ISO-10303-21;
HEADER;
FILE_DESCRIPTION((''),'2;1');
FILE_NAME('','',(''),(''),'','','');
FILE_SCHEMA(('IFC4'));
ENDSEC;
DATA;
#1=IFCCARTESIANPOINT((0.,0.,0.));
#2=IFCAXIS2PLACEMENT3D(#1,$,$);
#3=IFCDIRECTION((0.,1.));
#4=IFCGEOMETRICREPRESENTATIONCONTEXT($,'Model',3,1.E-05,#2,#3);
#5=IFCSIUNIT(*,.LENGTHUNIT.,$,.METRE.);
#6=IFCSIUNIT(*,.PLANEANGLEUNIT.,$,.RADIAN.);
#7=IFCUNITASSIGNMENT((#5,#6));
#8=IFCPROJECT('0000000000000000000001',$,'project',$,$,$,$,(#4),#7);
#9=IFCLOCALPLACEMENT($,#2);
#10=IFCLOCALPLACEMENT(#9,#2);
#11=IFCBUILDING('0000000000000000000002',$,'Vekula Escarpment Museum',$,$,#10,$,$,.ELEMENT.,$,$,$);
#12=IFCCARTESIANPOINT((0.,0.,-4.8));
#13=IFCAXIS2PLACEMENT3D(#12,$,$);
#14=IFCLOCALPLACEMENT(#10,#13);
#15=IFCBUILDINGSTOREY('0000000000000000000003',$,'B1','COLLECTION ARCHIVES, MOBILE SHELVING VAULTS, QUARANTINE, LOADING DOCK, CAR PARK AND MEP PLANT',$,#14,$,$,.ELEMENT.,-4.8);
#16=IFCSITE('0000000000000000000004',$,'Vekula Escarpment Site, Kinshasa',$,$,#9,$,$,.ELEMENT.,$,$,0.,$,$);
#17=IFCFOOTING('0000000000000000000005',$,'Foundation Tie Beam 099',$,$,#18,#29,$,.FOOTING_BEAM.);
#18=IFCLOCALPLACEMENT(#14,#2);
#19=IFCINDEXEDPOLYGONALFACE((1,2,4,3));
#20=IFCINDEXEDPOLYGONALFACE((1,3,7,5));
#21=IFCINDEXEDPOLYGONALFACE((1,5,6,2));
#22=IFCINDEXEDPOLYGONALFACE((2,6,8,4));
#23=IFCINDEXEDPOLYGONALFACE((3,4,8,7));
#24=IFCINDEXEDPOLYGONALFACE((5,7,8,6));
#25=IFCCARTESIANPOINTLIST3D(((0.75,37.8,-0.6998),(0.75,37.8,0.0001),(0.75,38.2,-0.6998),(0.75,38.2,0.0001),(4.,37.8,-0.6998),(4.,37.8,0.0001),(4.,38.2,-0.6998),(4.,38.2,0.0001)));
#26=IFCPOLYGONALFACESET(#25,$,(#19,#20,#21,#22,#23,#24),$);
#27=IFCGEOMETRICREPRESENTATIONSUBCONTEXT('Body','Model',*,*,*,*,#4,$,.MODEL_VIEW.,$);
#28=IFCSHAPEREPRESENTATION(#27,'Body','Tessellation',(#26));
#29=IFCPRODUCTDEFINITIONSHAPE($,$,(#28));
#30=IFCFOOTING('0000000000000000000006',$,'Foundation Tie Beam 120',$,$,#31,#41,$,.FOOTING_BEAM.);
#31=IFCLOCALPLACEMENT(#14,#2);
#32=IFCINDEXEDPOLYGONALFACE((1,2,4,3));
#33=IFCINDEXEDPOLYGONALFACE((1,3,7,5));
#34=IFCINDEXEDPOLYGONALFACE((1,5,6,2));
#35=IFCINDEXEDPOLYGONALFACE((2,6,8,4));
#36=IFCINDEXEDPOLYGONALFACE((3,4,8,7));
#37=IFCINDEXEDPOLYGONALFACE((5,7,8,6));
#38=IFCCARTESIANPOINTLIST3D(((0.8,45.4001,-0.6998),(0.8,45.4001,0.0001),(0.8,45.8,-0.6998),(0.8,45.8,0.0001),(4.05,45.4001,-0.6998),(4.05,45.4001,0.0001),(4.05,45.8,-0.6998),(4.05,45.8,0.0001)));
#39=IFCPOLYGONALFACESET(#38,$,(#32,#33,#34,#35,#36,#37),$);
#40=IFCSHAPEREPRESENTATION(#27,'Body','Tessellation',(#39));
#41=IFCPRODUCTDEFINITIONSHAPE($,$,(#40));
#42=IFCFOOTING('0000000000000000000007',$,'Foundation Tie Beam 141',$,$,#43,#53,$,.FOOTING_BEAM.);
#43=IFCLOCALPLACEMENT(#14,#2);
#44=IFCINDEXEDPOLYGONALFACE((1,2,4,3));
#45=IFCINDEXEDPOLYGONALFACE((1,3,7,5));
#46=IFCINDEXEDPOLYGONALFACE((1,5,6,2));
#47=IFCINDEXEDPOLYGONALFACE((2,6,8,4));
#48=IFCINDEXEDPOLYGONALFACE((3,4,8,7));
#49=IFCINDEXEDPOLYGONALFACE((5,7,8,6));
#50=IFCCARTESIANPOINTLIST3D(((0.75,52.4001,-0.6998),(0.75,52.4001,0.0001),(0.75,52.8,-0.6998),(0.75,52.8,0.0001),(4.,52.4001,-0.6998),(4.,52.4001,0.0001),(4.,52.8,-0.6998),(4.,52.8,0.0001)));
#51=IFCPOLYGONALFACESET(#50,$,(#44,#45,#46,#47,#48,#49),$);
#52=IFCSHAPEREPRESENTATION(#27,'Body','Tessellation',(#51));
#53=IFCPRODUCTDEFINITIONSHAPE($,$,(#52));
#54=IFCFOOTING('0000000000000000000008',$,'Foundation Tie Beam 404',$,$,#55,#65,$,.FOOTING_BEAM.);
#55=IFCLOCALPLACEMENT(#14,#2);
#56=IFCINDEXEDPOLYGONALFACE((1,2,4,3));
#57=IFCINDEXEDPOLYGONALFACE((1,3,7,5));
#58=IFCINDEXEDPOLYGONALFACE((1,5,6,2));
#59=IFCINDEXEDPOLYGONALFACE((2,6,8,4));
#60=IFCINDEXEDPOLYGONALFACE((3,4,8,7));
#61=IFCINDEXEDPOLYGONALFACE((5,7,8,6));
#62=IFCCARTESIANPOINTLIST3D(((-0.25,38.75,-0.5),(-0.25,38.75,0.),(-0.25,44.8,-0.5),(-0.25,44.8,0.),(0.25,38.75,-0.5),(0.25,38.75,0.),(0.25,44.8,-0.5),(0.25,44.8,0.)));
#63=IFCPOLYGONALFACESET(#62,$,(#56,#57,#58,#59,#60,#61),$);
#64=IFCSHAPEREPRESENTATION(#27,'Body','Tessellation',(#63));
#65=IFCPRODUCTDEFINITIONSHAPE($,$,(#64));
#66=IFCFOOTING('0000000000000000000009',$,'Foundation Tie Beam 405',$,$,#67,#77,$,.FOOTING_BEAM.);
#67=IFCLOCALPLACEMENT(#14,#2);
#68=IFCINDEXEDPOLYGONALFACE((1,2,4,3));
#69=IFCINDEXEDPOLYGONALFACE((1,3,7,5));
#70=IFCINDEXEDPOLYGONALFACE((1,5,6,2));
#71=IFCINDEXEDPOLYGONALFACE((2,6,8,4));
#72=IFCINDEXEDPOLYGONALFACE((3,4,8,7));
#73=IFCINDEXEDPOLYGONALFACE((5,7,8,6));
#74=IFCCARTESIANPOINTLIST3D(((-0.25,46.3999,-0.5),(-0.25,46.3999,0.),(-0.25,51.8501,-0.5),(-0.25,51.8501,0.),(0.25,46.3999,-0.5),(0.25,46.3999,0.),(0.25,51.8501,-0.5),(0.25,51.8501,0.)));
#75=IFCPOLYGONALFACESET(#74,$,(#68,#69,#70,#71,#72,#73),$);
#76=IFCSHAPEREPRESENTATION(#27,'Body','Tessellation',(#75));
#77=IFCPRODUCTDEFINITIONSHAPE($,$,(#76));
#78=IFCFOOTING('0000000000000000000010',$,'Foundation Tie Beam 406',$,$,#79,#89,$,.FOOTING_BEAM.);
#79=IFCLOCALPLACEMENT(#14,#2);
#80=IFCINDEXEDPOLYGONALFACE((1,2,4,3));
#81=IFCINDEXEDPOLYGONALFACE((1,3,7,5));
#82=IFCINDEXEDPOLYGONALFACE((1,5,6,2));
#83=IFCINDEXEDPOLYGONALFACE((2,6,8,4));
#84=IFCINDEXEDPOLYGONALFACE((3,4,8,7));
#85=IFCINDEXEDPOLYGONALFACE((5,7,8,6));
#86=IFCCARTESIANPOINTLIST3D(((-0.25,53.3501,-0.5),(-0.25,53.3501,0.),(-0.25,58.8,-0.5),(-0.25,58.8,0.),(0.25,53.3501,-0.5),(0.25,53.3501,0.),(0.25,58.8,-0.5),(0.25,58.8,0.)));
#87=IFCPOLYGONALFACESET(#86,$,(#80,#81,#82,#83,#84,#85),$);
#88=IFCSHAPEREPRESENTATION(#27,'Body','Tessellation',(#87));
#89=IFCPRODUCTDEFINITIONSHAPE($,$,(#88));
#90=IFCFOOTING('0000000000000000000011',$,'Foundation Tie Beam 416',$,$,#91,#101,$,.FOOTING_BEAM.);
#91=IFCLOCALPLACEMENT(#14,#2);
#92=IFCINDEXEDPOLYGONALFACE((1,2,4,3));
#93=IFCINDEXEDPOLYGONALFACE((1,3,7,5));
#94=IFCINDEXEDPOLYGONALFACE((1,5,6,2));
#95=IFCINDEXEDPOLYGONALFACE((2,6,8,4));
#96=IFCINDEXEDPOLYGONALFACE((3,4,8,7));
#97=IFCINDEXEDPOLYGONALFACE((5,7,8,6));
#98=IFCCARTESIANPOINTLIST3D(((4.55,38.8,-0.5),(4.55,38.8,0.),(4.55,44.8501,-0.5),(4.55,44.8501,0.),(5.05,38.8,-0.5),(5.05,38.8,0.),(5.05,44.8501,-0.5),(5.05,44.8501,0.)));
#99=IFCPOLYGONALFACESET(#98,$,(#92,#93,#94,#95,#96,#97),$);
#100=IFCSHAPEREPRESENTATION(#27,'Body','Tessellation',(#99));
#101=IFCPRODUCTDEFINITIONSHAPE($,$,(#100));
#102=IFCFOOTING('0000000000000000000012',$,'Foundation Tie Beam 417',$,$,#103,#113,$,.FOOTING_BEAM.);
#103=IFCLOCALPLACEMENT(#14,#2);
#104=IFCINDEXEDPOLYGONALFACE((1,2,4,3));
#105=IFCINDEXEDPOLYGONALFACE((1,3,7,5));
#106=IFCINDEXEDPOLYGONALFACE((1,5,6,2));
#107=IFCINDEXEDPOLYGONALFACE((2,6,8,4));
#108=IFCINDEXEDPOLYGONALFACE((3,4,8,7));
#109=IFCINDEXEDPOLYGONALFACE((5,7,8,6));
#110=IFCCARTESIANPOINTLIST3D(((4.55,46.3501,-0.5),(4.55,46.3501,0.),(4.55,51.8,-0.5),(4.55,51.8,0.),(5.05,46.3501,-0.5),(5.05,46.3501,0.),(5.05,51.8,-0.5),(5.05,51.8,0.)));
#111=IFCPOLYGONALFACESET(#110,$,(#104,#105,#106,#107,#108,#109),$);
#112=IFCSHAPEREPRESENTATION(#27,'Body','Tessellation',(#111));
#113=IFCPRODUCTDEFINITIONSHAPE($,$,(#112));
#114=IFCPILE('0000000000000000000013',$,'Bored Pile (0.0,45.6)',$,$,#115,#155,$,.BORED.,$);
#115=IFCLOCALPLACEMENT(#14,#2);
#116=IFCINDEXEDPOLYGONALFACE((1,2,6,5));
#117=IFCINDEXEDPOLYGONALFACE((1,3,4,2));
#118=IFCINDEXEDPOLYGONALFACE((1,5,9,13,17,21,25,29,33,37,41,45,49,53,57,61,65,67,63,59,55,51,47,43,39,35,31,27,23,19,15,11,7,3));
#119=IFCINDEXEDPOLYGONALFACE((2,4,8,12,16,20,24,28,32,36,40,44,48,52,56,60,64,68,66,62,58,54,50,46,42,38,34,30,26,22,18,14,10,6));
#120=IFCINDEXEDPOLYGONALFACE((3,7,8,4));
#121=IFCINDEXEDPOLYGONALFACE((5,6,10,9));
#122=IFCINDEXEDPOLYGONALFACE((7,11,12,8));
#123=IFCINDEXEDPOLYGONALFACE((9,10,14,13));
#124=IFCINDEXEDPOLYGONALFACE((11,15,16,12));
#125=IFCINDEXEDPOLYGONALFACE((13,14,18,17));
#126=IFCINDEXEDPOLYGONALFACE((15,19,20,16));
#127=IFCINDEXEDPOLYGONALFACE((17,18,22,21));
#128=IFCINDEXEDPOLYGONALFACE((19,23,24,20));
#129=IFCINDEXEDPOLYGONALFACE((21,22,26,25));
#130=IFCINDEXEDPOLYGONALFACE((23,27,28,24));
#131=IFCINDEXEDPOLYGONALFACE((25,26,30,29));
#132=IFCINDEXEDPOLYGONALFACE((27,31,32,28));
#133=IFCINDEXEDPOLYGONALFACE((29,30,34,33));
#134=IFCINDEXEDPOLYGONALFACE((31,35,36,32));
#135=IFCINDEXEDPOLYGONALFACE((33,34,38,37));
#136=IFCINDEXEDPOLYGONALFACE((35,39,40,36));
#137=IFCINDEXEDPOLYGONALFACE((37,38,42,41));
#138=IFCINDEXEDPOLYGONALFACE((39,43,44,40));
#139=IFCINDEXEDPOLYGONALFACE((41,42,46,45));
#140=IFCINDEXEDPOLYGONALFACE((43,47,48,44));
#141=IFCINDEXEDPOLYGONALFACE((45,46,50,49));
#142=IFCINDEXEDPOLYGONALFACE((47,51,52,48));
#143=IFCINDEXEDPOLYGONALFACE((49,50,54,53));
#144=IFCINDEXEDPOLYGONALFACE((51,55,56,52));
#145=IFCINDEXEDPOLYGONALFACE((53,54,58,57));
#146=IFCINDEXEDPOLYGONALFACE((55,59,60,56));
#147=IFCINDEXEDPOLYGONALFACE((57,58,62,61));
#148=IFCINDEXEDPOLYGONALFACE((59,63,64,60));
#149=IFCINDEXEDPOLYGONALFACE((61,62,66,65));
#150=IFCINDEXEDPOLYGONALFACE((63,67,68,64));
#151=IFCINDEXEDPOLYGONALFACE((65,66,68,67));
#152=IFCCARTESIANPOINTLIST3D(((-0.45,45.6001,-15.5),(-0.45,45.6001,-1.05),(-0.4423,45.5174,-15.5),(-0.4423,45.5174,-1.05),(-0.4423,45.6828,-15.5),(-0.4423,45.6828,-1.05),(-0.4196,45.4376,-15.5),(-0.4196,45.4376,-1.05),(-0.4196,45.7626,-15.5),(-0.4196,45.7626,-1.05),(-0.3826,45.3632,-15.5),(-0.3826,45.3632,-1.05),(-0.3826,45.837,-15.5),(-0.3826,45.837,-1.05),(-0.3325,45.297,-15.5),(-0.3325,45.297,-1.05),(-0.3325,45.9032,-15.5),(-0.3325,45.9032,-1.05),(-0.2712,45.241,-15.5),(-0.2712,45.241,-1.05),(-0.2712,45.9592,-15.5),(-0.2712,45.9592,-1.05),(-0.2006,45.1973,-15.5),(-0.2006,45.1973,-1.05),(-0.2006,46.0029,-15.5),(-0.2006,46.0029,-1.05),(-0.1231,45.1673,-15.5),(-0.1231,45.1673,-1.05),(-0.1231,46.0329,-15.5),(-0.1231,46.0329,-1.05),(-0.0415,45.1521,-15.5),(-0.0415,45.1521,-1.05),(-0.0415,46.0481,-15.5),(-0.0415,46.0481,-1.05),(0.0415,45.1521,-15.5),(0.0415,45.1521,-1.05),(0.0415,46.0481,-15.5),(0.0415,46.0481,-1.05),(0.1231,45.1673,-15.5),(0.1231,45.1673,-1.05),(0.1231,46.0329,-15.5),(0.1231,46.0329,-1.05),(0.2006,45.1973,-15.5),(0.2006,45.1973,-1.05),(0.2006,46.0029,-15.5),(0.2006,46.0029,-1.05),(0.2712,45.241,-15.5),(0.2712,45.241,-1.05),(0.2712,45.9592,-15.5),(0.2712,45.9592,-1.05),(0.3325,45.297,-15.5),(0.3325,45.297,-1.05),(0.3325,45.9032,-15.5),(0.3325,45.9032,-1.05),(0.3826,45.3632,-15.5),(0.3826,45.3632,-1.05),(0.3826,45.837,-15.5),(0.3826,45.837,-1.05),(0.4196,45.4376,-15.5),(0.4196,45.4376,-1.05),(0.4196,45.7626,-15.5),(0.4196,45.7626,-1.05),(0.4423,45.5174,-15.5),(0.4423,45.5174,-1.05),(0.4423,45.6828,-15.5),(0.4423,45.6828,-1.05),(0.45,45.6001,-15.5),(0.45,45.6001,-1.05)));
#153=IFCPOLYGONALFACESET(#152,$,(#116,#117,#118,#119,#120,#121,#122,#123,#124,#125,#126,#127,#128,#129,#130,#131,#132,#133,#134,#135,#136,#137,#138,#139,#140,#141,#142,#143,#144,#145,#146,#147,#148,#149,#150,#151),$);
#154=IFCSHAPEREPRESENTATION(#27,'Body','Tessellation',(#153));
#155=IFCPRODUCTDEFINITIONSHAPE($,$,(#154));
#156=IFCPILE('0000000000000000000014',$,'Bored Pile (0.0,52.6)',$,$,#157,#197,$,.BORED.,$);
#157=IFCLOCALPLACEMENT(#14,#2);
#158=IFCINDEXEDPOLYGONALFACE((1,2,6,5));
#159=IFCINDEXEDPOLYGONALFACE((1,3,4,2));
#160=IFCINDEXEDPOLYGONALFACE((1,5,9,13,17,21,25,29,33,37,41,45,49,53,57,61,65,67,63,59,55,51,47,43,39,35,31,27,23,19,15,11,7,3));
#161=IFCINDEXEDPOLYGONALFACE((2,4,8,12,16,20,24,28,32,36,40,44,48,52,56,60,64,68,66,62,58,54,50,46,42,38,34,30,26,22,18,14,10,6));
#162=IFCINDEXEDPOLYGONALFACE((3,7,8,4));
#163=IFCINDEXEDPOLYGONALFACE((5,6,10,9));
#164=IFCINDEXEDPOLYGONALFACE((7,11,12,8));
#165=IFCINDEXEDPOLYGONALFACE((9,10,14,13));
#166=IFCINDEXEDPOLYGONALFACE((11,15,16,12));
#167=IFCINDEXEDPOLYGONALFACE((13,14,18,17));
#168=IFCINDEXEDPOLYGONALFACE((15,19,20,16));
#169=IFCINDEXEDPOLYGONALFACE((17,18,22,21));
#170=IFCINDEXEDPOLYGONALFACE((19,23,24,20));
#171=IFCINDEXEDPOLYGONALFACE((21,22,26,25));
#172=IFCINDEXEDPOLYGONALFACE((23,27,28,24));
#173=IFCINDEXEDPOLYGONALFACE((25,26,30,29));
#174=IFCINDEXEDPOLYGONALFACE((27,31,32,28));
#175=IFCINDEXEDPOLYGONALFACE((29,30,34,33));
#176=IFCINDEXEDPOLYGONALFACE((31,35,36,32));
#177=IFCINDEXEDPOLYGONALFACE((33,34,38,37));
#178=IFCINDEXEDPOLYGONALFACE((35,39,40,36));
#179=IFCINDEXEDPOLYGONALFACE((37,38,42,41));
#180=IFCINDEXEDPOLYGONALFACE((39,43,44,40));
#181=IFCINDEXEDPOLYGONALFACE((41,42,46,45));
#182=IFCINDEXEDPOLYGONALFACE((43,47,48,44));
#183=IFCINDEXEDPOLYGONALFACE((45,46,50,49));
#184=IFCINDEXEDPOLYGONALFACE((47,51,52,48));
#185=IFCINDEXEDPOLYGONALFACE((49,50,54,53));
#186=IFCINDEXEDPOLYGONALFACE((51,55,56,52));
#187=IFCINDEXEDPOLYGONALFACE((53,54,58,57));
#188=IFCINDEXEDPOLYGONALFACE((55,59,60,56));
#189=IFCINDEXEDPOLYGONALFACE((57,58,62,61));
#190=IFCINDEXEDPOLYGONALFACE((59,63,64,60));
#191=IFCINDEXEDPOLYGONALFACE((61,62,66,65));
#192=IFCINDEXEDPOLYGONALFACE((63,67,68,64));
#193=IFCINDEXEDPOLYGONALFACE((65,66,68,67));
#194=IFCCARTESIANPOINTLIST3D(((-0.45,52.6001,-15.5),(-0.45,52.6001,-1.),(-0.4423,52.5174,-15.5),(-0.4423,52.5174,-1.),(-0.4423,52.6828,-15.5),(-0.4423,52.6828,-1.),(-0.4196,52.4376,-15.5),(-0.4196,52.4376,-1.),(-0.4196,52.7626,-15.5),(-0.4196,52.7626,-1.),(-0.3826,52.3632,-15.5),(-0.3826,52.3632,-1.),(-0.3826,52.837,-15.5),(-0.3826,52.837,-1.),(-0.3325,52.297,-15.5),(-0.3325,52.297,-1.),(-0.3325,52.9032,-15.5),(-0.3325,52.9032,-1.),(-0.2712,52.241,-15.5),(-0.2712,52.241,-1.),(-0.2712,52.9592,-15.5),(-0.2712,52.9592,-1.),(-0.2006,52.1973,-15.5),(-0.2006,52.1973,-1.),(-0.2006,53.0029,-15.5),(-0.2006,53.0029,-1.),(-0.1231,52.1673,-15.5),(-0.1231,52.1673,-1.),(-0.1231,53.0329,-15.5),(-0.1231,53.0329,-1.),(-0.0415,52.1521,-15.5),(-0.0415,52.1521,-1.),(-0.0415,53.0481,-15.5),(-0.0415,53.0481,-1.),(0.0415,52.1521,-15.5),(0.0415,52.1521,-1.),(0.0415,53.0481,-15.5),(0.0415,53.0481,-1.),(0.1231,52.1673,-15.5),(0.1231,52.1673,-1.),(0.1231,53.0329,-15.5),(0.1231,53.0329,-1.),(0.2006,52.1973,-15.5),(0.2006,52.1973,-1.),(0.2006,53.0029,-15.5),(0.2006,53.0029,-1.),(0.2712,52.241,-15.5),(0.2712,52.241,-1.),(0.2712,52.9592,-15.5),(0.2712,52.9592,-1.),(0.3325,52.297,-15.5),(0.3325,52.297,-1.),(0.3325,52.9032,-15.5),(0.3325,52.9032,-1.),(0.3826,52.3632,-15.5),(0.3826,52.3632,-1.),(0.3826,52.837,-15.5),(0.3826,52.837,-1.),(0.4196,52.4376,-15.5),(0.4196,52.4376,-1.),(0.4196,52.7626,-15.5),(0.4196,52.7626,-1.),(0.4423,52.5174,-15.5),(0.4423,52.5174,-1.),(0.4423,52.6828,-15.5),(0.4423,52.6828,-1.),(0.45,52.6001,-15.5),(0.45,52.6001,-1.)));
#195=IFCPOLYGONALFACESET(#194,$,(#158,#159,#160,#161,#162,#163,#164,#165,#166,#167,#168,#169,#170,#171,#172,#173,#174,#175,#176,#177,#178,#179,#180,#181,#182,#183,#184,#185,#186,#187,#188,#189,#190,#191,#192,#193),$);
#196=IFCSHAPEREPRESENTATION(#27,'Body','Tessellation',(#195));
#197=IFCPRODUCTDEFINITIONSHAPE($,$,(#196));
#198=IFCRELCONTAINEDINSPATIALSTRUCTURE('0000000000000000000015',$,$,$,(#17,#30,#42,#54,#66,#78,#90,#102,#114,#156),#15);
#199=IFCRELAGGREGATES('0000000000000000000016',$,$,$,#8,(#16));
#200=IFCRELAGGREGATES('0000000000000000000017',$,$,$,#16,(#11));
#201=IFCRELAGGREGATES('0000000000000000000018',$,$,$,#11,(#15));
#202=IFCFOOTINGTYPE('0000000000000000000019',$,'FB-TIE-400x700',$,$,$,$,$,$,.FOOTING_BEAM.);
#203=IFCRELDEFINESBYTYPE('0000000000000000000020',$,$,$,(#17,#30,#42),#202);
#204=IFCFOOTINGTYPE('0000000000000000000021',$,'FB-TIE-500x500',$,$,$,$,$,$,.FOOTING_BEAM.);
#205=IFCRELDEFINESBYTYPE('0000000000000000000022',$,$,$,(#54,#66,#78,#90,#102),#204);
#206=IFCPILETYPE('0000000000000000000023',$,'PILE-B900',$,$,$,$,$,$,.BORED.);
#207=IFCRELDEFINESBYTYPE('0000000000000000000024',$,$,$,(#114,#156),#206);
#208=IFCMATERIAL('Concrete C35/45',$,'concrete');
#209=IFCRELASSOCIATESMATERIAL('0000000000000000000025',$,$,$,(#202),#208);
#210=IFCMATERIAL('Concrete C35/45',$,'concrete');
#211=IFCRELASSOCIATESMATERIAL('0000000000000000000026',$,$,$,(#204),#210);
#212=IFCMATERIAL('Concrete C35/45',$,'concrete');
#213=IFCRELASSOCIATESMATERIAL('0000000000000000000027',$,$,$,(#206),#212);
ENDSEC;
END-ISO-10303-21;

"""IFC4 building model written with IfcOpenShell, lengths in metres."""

from ifc_helpers import new_model, si_unit, direction, frame, origin, origin_2d, place, context, subcontext, project, spatial, rectangle, circle, extrude, material, material_profile, profile_set, type_object, element, save


model = new_model("IFC4")

# Units and contexts
model_context = context("Model", 3, precision=1e-05, world=origin(), true_north=direction((0.0, 1.0)))
body_context = subcontext(model_context, "Body", "Model", "MODEL_VIEW")
ifc_project = project(units=[si_unit("LENGTHUNIT", "METRE"), si_unit("PLANEANGLEUNIT", "RADIAN")], contexts=[model_context])

# Site, building, storey
site_placement = place(None, origin())
site = spatial("IfcSite", under=ifc_project, at=site_placement, Name="Vekula Escarpment Site, Kinshasa", CompositionType="ELEMENT", RefElevation=0.0)
building_placement = place(site_placement, origin())
building = spatial("IfcBuilding", under=site, at=building_placement, Name="Vekula Escarpment Museum", CompositionType="ELEMENT")
storey_placement = place(building_placement, frame((0.0, 0.0, -4.8)))
storey = spatial("IfcBuildingStorey", under=building, at=storey_placement, Name="B1", Description="COLLECTION ARCHIVES, MOBILE SHELVING VAULTS, QUARANTINE, LOADING DOCK, CAR PARK AND MEP PLANT", CompositionType="ELEMENT", Elevation=-4.8)

# Footings
ifc_material_1 = material(Name="Concrete C35/45", Category="concrete")
ifc_material_profile_1 = material_profile(ifc_material_1, rectangle(XDim=0.3999, YDim=0.7, at=origin_2d()), Name="RC 400x700")
ifc_profile_set_1 = profile_set([ifc_material_profile_1], Name="Concrete C35/45")
footing_type_1 = type_object("IfcFootingType", Name="FB-TIE-400x700", PredefinedType="FOOTING_BEAM", material=ifc_profile_set_1)
for number, where, z_axis, x_axis, name in (
    (1, (0.75, 38.0, -0.3499), (1.0, 0.0, 0.0), (0.0, 1.0, 0.0), "Foundation Tie Beam 099"),
    (2, (0.8, 45.6001, -0.3499), (1.0, 0.0, 0.0), (0.0, 1.0, 0.0), "Foundation Tie Beam 120"),
    (3, (0.75, 52.6001, -0.3499), (1.0, 0.0, 0.0), (0.0, 1.0, 0.0), "Foundation Tie Beam 141"),
):
    element("IfcFooting", number, at=place(storey_placement, frame(where, z_axis=z_axis, x_axis=x_axis)), inside=storey, type_object=footing_type_1, Name=name, PredefinedType="FOOTING_BEAM", context=body_context, shape_type="SweptSolid", body=[
        extrude(rectangle(XDim=0.3999, YDim=0.7, at=origin_2d()), origin(), (0.0, 0.0, 1.0), 3.25),
    ])
ifc_material_2 = material(Name="Concrete C35/45", Category="concrete")
ifc_material_profile_2 = material_profile(ifc_material_2, rectangle(XDim=0.5, YDim=0.5, at=origin_2d()), Name="RC 500x500")
ifc_profile_set_2 = profile_set([ifc_material_profile_2], Name="Concrete C35/45")
footing_type_2 = type_object("IfcFootingType", Name="FB-TIE-500x500", PredefinedType="FOOTING_BEAM", material=ifc_profile_set_2)
footing_1_placement = place(storey_placement, frame((0.0, 38.75, -0.25), z_axis=(0.0, 1.0, 0.0), x_axis=(-1.0, 0.0, 0.0)))
element("IfcFooting", 4, at=footing_1_placement, inside=storey, type_object=footing_type_2, Name="Foundation Tie Beam 404", PredefinedType="FOOTING_BEAM", context=body_context, shape_type="SweptSolid", body=[
    extrude(rectangle(XDim=0.5, YDim=0.5, at=origin_2d()), origin(), (0.0, 0.0, 1.0), 6.05),
])
footing_2_placement = place(storey_placement, frame((0.0, 46.3999, -0.25), z_axis=(0.0, 1.0, 0.0), x_axis=(-1.0, 0.0, 0.0)))
element("IfcFooting", 5, at=footing_2_placement, inside=storey, type_object=footing_type_2, Name="Foundation Tie Beam 405", PredefinedType="FOOTING_BEAM", context=body_context, shape_type="SweptSolid", body=[
    extrude(rectangle(XDim=0.5, YDim=0.5, at=origin_2d()), origin(), (0.0, 0.0, 1.0), 5.4502),
])
footing_3_placement = place(storey_placement, frame((0.0, 53.3501, -0.25), z_axis=(0.0, 1.0, 0.0), x_axis=(-1.0, 0.0, 0.0)))
element("IfcFooting", 6, at=footing_3_placement, inside=storey, type_object=footing_type_2, Name="Foundation Tie Beam 406", PredefinedType="FOOTING_BEAM", context=body_context, shape_type="SweptSolid", body=[
    extrude(rectangle(XDim=0.5, YDim=0.5, at=origin_2d()), origin(), (0.0, 0.0, 1.0), 5.45),
])
footing_4_placement = place(storey_placement, frame((4.8, 38.8, -0.25), z_axis=(0.0, 1.0, 0.0), x_axis=(-1.0, 0.0, 0.0)))
element("IfcFooting", 7, at=footing_4_placement, inside=storey, type_object=footing_type_2, Name="Foundation Tie Beam 416", PredefinedType="FOOTING_BEAM", context=body_context, shape_type="SweptSolid", body=[
    extrude(rectangle(XDim=0.5, YDim=0.5, at=origin_2d()), origin(), (0.0, 0.0, 1.0), 6.05),
])
footing_5_placement = place(storey_placement, frame((4.8, 46.3501, -0.25), z_axis=(0.0, 1.0, 0.0), x_axis=(-1.0, 0.0, 0.0)))
element("IfcFooting", 8, at=footing_5_placement, inside=storey, type_object=footing_type_2, Name="Foundation Tie Beam 417", PredefinedType="FOOTING_BEAM", context=body_context, shape_type="SweptSolid", body=[
    extrude(rectangle(XDim=0.5, YDim=0.5, at=origin_2d()), origin(), (0.0, 0.0, 1.0), 5.45),
])

# Piles
ifc_material_3 = material(Name="Concrete C35/45", Category="concrete")
ifc_material_profile_3 = material_profile(ifc_material_3, circle(Radius=0.45, at=origin_2d()), Name="BORED PILE 900")
ifc_profile_set_3 = profile_set([ifc_material_profile_3], Name="Concrete C35/45")
pile_type = type_object("IfcPileType", Name="PILE-B900", PredefinedType="BORED", material=ifc_profile_set_3)
pile_1_placement = place(storey_placement, frame((0.0, 45.6001, -1.05), z_axis=(0.0, 0.0, -1.0), x_axis=(1.0, 0.0, 0.0)))
element("IfcPile", 9, at=pile_1_placement, inside=storey, type_object=pile_type, Name="Bored Pile (0.0,45.6)", PredefinedType="BORED", context=body_context, shape_type="SweptSolid", body=[
    extrude(circle(Radius=0.45, at=origin_2d()), origin(), (0.0, 0.0, 1.0), 14.45),
])
pile_2_placement = place(storey_placement, frame((0.0, 52.6001, -1.0), z_axis=(0.0, 0.0, -1.0), x_axis=(1.0, 0.0, 0.0)))
element("IfcPile", 10, at=pile_2_placement, inside=storey, type_object=pile_type, Name="Bored Pile (0.0,52.6)", PredefinedType="BORED", context=body_context, shape_type="SweptSolid", body=[
    extrude(circle(Radius=0.45, at=origin_2d()), origin(), (0.0, 0.0, 1.0), 14.5),
])

save(model, "model.ifc")
